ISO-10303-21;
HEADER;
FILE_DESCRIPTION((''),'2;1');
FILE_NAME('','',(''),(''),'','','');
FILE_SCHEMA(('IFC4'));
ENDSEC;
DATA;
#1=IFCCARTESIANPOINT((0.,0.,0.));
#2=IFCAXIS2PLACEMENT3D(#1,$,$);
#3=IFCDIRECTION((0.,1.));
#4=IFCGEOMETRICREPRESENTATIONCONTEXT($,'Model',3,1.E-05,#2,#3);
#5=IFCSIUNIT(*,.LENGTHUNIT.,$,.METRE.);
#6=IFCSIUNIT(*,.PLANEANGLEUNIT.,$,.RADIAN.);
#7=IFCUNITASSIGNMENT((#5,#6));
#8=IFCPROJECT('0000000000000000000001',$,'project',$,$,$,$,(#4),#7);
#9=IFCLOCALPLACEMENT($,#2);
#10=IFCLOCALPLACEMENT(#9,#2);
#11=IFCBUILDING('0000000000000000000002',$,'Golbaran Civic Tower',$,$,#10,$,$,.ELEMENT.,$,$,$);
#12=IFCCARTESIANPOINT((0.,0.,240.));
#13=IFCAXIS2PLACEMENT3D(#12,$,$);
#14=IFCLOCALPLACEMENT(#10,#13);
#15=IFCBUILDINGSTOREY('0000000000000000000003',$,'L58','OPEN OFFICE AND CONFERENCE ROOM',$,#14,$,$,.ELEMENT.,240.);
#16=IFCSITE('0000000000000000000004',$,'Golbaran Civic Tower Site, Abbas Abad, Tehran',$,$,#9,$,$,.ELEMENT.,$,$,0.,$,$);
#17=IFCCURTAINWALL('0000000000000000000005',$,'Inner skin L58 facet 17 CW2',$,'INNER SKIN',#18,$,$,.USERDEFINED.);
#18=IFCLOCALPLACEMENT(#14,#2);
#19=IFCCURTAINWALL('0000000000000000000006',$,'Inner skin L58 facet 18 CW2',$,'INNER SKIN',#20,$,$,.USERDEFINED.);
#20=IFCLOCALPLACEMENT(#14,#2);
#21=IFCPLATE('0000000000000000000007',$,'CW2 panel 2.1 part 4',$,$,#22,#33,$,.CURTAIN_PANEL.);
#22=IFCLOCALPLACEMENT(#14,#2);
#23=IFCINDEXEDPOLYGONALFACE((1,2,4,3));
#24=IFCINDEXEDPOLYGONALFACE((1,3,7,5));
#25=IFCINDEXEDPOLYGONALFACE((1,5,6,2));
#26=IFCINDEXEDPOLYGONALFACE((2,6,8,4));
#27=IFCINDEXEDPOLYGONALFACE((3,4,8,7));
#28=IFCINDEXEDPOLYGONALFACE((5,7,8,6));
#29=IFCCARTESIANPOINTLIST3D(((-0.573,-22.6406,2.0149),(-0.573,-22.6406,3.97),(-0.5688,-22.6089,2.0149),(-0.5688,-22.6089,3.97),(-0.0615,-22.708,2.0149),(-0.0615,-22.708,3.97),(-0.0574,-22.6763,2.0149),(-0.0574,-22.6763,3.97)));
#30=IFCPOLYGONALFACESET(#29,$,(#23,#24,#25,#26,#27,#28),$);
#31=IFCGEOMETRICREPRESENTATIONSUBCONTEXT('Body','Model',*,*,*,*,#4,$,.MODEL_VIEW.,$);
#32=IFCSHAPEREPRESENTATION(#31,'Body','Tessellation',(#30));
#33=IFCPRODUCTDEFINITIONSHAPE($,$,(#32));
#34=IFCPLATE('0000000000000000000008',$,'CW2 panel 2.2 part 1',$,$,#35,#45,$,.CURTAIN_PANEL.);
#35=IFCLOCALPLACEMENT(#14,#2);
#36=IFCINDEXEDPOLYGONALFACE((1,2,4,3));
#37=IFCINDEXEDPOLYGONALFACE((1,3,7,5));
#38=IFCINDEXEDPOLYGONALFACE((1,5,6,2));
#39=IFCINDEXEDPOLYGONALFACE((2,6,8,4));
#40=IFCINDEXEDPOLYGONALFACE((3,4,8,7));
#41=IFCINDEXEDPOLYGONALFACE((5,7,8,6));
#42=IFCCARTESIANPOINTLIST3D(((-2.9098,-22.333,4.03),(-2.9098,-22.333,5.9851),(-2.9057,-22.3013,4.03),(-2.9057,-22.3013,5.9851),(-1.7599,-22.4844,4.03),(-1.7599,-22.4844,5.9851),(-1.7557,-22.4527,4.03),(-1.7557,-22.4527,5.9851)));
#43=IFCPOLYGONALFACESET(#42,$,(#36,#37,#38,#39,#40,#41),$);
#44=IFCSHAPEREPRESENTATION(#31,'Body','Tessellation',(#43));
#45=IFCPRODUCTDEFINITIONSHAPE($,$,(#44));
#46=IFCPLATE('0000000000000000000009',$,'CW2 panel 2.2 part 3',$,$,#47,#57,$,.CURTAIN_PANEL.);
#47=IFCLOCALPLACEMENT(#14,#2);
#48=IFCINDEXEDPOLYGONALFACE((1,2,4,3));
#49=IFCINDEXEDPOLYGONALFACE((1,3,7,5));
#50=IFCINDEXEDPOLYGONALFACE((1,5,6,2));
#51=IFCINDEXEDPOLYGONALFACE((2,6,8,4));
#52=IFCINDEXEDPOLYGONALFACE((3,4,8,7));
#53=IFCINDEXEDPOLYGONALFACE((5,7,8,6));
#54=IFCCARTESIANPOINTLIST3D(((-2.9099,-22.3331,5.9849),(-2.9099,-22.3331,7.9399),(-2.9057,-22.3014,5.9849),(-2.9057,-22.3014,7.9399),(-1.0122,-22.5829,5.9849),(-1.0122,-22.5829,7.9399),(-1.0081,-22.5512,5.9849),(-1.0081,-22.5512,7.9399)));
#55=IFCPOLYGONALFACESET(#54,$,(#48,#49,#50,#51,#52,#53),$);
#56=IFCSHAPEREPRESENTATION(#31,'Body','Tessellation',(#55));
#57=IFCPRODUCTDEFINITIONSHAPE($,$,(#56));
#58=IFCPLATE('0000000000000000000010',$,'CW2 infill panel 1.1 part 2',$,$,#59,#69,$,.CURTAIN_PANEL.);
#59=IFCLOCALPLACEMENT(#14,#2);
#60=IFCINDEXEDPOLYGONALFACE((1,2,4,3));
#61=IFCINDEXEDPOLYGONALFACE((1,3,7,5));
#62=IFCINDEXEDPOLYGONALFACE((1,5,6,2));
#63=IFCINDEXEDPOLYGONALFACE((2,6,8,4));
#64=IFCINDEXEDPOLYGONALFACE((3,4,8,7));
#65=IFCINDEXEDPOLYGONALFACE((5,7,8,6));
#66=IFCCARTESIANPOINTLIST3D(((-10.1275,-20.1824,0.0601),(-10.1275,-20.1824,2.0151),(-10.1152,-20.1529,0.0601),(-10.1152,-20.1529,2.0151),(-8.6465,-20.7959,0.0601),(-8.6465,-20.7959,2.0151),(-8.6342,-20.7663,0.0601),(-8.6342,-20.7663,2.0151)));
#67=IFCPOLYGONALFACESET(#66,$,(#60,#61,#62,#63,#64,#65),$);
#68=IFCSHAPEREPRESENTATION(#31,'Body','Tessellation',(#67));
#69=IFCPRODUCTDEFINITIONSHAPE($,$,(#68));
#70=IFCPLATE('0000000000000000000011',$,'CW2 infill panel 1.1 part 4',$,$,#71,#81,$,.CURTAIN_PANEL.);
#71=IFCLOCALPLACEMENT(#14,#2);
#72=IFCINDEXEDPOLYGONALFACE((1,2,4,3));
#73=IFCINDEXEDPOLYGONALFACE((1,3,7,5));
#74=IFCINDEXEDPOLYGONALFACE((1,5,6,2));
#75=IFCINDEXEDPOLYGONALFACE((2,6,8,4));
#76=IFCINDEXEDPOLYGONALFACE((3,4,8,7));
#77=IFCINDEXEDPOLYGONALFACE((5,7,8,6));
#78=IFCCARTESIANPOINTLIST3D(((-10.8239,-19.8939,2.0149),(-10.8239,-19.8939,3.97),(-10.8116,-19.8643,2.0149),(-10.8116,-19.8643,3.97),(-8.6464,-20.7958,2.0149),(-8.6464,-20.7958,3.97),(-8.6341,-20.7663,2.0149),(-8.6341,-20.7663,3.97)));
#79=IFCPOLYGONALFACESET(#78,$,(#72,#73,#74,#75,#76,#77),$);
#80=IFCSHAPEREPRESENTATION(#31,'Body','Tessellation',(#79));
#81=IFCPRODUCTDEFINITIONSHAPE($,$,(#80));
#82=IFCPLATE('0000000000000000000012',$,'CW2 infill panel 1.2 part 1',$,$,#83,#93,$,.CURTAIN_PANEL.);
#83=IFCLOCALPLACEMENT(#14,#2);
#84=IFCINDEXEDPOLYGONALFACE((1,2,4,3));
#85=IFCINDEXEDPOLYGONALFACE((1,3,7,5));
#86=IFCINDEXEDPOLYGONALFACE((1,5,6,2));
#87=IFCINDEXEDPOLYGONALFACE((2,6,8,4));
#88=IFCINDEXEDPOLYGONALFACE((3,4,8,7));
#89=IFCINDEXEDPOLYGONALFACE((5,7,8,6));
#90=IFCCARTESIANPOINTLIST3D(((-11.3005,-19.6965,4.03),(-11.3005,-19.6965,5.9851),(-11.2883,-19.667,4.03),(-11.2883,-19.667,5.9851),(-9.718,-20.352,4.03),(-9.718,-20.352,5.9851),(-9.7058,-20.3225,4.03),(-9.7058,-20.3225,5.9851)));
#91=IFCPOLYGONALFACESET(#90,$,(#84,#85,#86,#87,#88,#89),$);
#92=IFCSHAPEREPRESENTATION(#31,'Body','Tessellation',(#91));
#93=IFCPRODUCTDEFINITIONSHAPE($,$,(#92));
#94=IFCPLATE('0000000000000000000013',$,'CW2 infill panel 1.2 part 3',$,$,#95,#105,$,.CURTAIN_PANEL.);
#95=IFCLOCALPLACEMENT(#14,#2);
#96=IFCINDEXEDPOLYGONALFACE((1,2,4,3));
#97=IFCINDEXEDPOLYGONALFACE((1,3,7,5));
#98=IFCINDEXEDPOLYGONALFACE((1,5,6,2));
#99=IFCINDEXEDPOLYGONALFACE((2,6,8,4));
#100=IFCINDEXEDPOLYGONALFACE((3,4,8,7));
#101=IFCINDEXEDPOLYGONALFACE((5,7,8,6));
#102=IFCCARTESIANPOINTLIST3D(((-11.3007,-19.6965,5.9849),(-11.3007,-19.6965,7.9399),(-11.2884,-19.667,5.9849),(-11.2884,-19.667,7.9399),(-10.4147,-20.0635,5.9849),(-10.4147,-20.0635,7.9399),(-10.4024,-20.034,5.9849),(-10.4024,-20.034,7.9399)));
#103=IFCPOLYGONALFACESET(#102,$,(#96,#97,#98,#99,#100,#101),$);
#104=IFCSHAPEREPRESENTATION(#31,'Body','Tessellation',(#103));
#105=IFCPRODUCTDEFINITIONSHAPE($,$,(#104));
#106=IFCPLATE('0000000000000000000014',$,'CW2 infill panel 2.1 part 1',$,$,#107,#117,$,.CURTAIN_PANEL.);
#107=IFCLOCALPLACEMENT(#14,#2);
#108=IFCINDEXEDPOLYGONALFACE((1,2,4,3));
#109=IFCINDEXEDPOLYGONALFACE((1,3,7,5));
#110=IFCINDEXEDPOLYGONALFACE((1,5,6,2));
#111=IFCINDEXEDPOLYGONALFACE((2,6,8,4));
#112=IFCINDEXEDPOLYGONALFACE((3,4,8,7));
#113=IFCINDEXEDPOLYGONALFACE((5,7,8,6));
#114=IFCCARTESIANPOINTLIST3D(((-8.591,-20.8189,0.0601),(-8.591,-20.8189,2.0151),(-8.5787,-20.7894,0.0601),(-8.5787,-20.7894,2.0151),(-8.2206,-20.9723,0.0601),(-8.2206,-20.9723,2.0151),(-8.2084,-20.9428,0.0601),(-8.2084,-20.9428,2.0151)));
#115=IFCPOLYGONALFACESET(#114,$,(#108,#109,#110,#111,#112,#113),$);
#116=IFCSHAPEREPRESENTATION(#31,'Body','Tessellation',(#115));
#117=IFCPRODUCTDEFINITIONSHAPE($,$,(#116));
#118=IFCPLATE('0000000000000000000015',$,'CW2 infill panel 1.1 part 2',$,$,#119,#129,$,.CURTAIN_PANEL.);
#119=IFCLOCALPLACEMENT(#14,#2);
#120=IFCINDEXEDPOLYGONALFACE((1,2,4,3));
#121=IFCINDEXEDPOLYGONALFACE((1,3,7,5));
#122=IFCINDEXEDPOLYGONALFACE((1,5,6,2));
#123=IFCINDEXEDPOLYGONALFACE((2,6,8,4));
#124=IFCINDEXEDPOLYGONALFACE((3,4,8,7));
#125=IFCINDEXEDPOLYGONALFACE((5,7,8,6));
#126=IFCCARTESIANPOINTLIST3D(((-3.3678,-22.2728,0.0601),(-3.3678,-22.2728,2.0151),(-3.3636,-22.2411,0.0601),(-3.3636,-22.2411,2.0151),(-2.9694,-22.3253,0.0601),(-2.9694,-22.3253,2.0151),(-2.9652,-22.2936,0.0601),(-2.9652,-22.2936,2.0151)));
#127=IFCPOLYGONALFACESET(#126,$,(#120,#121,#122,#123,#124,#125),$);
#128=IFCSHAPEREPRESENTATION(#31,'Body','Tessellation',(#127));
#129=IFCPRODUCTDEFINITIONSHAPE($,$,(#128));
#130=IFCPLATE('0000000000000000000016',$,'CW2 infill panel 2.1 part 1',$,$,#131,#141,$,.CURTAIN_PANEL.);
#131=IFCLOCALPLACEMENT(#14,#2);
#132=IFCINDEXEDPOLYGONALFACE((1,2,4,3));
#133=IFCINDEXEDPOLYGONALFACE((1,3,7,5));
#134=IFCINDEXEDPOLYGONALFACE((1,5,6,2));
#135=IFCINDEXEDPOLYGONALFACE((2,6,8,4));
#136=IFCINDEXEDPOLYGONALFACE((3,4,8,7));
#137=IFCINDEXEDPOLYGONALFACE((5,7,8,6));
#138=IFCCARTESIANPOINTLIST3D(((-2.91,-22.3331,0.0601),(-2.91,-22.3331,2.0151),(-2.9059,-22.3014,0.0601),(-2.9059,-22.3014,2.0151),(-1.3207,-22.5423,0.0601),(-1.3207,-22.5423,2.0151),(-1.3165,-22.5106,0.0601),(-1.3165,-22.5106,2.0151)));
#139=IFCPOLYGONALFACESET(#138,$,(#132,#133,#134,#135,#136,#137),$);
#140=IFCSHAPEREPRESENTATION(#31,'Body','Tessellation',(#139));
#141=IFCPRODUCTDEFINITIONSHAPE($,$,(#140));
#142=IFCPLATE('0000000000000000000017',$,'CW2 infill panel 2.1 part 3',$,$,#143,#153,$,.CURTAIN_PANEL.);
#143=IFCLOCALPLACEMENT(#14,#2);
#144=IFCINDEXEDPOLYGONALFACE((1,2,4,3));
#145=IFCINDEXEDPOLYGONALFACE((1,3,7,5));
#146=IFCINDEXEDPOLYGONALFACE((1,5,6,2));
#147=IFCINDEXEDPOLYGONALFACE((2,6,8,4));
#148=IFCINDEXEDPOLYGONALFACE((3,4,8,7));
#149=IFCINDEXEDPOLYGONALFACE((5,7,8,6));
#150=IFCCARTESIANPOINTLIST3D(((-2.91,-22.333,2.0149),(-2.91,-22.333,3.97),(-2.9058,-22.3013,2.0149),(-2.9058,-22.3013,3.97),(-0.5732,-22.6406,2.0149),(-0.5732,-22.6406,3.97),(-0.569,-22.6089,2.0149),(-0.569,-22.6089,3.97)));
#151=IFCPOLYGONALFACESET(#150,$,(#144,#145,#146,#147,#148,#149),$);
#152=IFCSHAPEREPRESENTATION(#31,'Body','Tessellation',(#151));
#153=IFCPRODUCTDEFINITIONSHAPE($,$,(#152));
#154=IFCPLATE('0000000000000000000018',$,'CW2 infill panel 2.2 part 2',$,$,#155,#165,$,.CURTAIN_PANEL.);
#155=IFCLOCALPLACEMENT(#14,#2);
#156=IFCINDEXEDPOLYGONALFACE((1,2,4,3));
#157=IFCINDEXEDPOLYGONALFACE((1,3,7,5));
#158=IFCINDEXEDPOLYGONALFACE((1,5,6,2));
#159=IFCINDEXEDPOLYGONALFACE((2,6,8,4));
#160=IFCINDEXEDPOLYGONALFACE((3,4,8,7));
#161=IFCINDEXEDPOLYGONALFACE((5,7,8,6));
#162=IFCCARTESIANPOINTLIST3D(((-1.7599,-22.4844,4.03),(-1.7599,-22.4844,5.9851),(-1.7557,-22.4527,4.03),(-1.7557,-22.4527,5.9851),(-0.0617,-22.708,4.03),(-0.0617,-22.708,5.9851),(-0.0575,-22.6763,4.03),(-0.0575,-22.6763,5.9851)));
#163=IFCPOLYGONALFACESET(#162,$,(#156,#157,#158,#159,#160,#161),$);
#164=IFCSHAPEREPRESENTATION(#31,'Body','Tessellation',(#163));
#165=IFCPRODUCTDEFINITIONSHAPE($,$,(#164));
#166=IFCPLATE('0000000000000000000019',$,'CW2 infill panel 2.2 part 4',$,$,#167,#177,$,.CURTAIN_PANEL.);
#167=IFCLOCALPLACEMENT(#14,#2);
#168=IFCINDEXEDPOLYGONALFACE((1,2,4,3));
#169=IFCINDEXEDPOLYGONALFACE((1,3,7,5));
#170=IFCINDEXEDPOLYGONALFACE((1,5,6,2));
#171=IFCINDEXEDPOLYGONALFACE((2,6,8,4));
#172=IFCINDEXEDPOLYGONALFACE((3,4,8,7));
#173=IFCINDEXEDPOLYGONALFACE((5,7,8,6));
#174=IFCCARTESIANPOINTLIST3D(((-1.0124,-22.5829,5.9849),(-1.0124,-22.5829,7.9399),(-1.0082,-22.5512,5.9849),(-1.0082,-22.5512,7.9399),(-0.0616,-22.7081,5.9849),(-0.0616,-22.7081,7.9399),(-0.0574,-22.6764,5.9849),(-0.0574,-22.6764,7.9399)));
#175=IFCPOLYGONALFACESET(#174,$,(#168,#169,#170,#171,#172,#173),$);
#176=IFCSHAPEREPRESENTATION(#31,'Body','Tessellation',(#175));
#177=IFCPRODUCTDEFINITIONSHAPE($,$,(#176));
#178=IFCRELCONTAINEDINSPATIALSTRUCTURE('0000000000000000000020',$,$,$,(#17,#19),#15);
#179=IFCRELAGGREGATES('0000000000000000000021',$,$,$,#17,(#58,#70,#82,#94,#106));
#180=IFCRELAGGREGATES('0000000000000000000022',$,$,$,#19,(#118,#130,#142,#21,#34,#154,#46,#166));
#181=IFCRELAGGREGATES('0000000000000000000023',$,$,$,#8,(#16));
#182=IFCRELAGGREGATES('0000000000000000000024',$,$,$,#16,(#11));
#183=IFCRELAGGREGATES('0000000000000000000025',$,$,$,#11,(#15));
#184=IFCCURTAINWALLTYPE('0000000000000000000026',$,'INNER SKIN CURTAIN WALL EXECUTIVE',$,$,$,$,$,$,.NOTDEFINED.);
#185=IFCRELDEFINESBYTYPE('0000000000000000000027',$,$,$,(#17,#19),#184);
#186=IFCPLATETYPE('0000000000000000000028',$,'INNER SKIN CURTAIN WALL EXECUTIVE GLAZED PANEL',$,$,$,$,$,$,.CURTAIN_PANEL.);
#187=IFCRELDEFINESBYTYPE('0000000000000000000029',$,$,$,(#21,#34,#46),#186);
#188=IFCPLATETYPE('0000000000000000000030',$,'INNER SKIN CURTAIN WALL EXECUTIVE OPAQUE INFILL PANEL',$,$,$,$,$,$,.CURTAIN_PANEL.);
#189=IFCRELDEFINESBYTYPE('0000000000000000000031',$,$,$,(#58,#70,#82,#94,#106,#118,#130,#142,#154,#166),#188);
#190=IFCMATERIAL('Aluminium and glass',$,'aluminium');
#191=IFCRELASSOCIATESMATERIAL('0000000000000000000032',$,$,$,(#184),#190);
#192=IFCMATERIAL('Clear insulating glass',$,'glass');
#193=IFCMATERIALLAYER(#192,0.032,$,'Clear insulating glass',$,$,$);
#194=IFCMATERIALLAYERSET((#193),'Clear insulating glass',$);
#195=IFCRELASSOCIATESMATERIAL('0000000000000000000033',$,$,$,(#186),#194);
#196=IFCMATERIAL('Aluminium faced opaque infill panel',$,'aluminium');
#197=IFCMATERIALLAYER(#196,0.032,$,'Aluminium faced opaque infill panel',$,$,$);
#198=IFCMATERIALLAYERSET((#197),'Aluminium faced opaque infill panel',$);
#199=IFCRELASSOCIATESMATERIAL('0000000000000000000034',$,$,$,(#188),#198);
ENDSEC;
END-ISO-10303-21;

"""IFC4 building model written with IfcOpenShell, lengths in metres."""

from ifc_helpers import new_model, si_unit, direction, frame, origin, origin_2d, place, context, subcontext, project, spatial, rectangle, extrude, material, layer, layer_set, type_object, element, aggregate, save


model = new_model("IFC4")

# Units and contexts
model_context = context("Model", 3, precision=1e-05, world=origin(), true_north=direction((0.0, 1.0)))
body_context = subcontext(model_context, "Body", "Model", "MODEL_VIEW")
ifc_project = project(units=[si_unit("LENGTHUNIT", "METRE"), si_unit("PLANEANGLEUNIT", "RADIAN")], contexts=[model_context])

# Site, building, storey
site_placement = place(None, origin())
site = spatial("IfcSite", under=ifc_project, at=site_placement, Name="Golbaran Civic Tower Site, Abbas Abad, Tehran", CompositionType="ELEMENT", RefElevation=0.0)
building_placement = place(site_placement, origin())
building = spatial("IfcBuilding", under=site, at=building_placement, Name="Golbaran Civic Tower", CompositionType="ELEMENT")
storey_placement = place(building_placement, frame((0.0, 0.0, 240.0)))
storey = spatial("IfcBuildingStorey", under=building, at=storey_placement, Name="L58", Description="OPEN OFFICE AND CONFERENCE ROOM", CompositionType="ELEMENT", Elevation=240.0)

# Curtain walls
ifc_material_1 = material(Name="Aluminium and glass", Category="aluminium")
curtain_wall_type = type_object("IfcCurtainWallType", Name="INNER SKIN CURTAIN WALL EXECUTIVE", PredefinedType="NOTDEFINED", material=ifc_material_1)
curtain_wall_1_placement = place(storey_placement, origin())
curtain_wall_1 = element("IfcCurtainWall", 1, at=curtain_wall_1_placement, inside=storey, type_object=curtain_wall_type, Name="Inner skin L58 facet 17 CW2", ObjectType="INNER SKIN", PredefinedType="USERDEFINED")
curtain_wall_2_placement = place(storey_placement, origin())
curtain_wall_2 = element("IfcCurtainWall", 2, at=curtain_wall_2_placement, inside=storey, type_object=curtain_wall_type, Name="Inner skin L58 facet 18 CW2", ObjectType="INNER SKIN", PredefinedType="USERDEFINED")

# Plates
ifc_material_2 = material(Name="Clear insulating glass", Category="glass")
ifc_layer_1 = layer(ifc_material_2, 0.032, Name="Clear insulating glass")
ifc_layer_set_1 = layer_set([ifc_layer_1], Name="Clear insulating glass")
plate_type_1 = type_object("IfcPlateType", Name="INNER SKIN CURTAIN WALL EXECUTIVE GLAZED PANEL", PredefinedType="CURTAIN_PANEL", material=ifc_layer_set_1)
plate_1_placement = place(storey_placement, frame((-0.3152, -22.6584, 2.0149), z_axis=(0.0, 0.0, 1.0), x_axis=(0.991445, -0.130526, 0.0)))
plate_1 = element("IfcPlate", 3, at=plate_1_placement, type_object=plate_type_1, Name="CW2 panel 2.1 part 4", PredefinedType="CURTAIN_PANEL", context=body_context, shape_type="SweptSolid", body=[
    extrude(rectangle(XDim=0.5159, YDim=0.032, at=origin_2d()), origin(), (0.0, 0.0, 1.0), 1.9551),
])
plate_2_placement = place(storey_placement, frame((-2.3328, -22.3928, 4.03), z_axis=(0.0, 0.0, 1.0), x_axis=(0.991445, -0.130526, 0.0)))
plate_2 = element("IfcPlate", 4, at=plate_2_placement, type_object=plate_type_1, Name="CW2 panel 2.2 part 1", PredefinedType="CURTAIN_PANEL", context=body_context, shape_type="SweptSolid", body=[
    extrude(rectangle(XDim=1.1599, YDim=0.032, at=origin_2d()), origin(), (0.0, 0.0, 1.0), 1.9551),
])
plate_3_placement = place(storey_placement, frame((-1.959, -22.4421, 5.9849), z_axis=(0.0, 0.0, 1.0), x_axis=(0.991445, -0.130526, 0.0)))
plate_3 = element("IfcPlate", 5, at=plate_3_placement, type_object=plate_type_1, Name="CW2 panel 2.2 part 3", PredefinedType="CURTAIN_PANEL", context=body_context, shape_type="SweptSolid", body=[
    extrude(rectangle(XDim=1.9141, YDim=0.032, at=origin_2d()), origin(), (0.0, 0.0, 1.0), 1.9551),
])
ifc_material_3 = material(Name="Aluminium faced opaque infill panel", Category="aluminium")
ifc_layer_2 = layer(ifc_material_3, 0.032, Name="Aluminium faced opaque infill panel")
ifc_layer_set_2 = layer_set([ifc_layer_2], Name="Aluminium faced opaque infill panel")
plate_type_2 = type_object("IfcPlateType", Name="INNER SKIN CURTAIN WALL EXECUTIVE OPAQUE INFILL PANEL", PredefinedType="CURTAIN_PANEL", material=ifc_layer_set_2)
plate_4_placement = place(storey_placement, frame((-9.3809, -20.4744, 0.0601), z_axis=(0.0, 0.0, 1.0), x_axis=(0.92388, -0.382683, 0.0)))
plate_4 = element("IfcPlate", 6, at=plate_4_placement, type_object=plate_type_2, Name="CW2 infill panel 1.1 part 2", PredefinedType="CURTAIN_PANEL", context=body_context, shape_type="SweptSolid", body=[
    extrude(rectangle(XDim=1.603, YDim=0.032, at=origin_2d()), origin(), (0.0, 0.0, 1.0), 1.9551),
])
plate_5_placement = place(storey_placement, frame((-9.729, -20.3301, 2.0149), z_axis=(0.0, 0.0, 1.0), x_axis=(0.92388, -0.382683, 0.0)))
plate_5 = element("IfcPlate", 7, at=plate_5_placement, type_object=plate_type_2, Name="CW2 infill panel 1.1 part 4", PredefinedType="CURTAIN_PANEL", context=body_context, shape_type="SweptSolid", body=[
    extrude(rectangle(XDim=2.3569, YDim=0.032, at=origin_2d()), origin(), (0.0, 0.0, 1.0), 1.9551),
])
plate_6_placement = place(storey_placement, frame((-10.5032, -20.0095, 4.03), z_axis=(0.0, 0.0, 1.0), x_axis=(0.92388, -0.382683, 0.0)))
plate_6 = element("IfcPlate", 8, at=plate_6_placement, type_object=plate_type_2, Name="CW2 infill panel 1.2 part 1", PredefinedType="CURTAIN_PANEL", context=body_context, shape_type="SweptSolid", body=[
    extrude(rectangle(XDim=1.7129, YDim=0.032, at=origin_2d()), origin(), (0.0, 0.0, 1.0), 1.9551),
])
plate_7_placement = place(storey_placement, frame((-10.8516, -19.8652, 5.9849), z_axis=(0.0, 0.0, 1.0), x_axis=(0.92388, -0.382683, 0.0)))
plate_7 = element("IfcPlate", 9, at=plate_7_placement, type_object=plate_type_2, Name="CW2 infill panel 1.2 part 3", PredefinedType="CURTAIN_PANEL", context=body_context, shape_type="SweptSolid", body=[
    extrude(rectangle(XDim=0.959, YDim=0.032, at=origin_2d()), origin(), (0.0, 0.0, 1.0), 1.9551),
])
plate_8_placement = place(storey_placement, frame((-8.3997, -20.8809, 0.0601), z_axis=(0.0, 0.0, 1.0), x_axis=(0.92388, -0.382683, 0.0)))
plate_8 = element("IfcPlate", 10, at=plate_8_placement, type_object=plate_type_2, Name="CW2 infill panel 2.1 part 1", PredefinedType="CURTAIN_PANEL", context=body_context, shape_type="SweptSolid", body=[
    extrude(rectangle(XDim=0.4009, YDim=0.032, at=origin_2d()), origin(), (0.0, 0.0, 1.0), 1.9551),
])
aggregate(curtain_wall_1, [plate_4, plate_5, plate_6, plate_7, plate_8])
plate_9_placement = place(storey_placement, frame((-3.1665, -22.2832, 0.0601), z_axis=(0.0, 0.0, 1.0), x_axis=(0.991445, -0.130526, 0.0)))
plate_9 = element("IfcPlate", 11, at=plate_9_placement, type_object=plate_type_2, Name="CW2 infill panel 1.1 part 2", PredefinedType="CURTAIN_PANEL", context=body_context, shape_type="SweptSolid", body=[
    extrude(rectangle(XDim=0.4019, YDim=0.032, at=origin_2d()), origin(), (0.0, 0.0, 1.0), 1.9551),
])
plate_10_placement = place(storey_placement, frame((-2.1133, -22.4219, 0.0601), z_axis=(0.0, 0.0, 1.0), x_axis=(0.991445, -0.130526, 0.0)))
plate_10 = element("IfcPlate", 12, at=plate_10_placement, type_object=plate_type_2, Name="CW2 infill panel 2.1 part 1", PredefinedType="CURTAIN_PANEL", context=body_context, shape_type="SweptSolid", body=[
    extrude(rectangle(XDim=1.603, YDim=0.032, at=origin_2d()), origin(), (0.0, 0.0, 1.0), 1.9551),
])
plate_11_placement = place(storey_placement, frame((-1.7395, -22.4709, 2.0149), z_axis=(0.0, 0.0, 1.0), x_axis=(0.991445, -0.130526, 0.0)))
plate_11 = element("IfcPlate", 13, at=plate_11_placement, type_object=plate_type_2, Name="CW2 infill panel 2.1 part 3", PredefinedType="CURTAIN_PANEL", context=body_context, shape_type="SweptSolid", body=[
    extrude(rectangle(XDim=2.3569, YDim=0.032, at=origin_2d()), origin(), (0.0, 0.0, 1.0), 1.9551),
])
plate_12_placement = place(storey_placement, frame((-0.9087, -22.5803, 4.03), z_axis=(0.0, 0.0, 1.0), x_axis=(0.991445, -0.130526, 0.0)))
plate_12 = element("IfcPlate", 14, at=plate_12_placement, type_object=plate_type_2, Name="CW2 infill panel 2.2 part 2", PredefinedType="CURTAIN_PANEL", context=body_context, shape_type="SweptSolid", body=[
    extrude(rectangle(XDim=1.7129, YDim=0.032, at=origin_2d()), origin(), (0.0, 0.0, 1.0), 1.9551),
])
plate_13_placement = place(storey_placement, frame((-0.5349, -22.6296, 5.9849), z_axis=(0.0, 0.0, 1.0), x_axis=(0.991445, -0.130526, 0.0)))
plate_13 = element("IfcPlate", 15, at=plate_13_placement, type_object=plate_type_2, Name="CW2 infill panel 2.2 part 4", PredefinedType="CURTAIN_PANEL", context=body_context, shape_type="SweptSolid", body=[
    extrude(rectangle(XDim=0.959, YDim=0.032, at=origin_2d()), origin(), (0.0, 0.0, 1.0), 1.9551),
])
aggregate(curtain_wall_2, [plate_9, plate_10, plate_11, plate_1, plate_2, plate_12, plate_3, plate_13])

save(model, "model.ifc")
